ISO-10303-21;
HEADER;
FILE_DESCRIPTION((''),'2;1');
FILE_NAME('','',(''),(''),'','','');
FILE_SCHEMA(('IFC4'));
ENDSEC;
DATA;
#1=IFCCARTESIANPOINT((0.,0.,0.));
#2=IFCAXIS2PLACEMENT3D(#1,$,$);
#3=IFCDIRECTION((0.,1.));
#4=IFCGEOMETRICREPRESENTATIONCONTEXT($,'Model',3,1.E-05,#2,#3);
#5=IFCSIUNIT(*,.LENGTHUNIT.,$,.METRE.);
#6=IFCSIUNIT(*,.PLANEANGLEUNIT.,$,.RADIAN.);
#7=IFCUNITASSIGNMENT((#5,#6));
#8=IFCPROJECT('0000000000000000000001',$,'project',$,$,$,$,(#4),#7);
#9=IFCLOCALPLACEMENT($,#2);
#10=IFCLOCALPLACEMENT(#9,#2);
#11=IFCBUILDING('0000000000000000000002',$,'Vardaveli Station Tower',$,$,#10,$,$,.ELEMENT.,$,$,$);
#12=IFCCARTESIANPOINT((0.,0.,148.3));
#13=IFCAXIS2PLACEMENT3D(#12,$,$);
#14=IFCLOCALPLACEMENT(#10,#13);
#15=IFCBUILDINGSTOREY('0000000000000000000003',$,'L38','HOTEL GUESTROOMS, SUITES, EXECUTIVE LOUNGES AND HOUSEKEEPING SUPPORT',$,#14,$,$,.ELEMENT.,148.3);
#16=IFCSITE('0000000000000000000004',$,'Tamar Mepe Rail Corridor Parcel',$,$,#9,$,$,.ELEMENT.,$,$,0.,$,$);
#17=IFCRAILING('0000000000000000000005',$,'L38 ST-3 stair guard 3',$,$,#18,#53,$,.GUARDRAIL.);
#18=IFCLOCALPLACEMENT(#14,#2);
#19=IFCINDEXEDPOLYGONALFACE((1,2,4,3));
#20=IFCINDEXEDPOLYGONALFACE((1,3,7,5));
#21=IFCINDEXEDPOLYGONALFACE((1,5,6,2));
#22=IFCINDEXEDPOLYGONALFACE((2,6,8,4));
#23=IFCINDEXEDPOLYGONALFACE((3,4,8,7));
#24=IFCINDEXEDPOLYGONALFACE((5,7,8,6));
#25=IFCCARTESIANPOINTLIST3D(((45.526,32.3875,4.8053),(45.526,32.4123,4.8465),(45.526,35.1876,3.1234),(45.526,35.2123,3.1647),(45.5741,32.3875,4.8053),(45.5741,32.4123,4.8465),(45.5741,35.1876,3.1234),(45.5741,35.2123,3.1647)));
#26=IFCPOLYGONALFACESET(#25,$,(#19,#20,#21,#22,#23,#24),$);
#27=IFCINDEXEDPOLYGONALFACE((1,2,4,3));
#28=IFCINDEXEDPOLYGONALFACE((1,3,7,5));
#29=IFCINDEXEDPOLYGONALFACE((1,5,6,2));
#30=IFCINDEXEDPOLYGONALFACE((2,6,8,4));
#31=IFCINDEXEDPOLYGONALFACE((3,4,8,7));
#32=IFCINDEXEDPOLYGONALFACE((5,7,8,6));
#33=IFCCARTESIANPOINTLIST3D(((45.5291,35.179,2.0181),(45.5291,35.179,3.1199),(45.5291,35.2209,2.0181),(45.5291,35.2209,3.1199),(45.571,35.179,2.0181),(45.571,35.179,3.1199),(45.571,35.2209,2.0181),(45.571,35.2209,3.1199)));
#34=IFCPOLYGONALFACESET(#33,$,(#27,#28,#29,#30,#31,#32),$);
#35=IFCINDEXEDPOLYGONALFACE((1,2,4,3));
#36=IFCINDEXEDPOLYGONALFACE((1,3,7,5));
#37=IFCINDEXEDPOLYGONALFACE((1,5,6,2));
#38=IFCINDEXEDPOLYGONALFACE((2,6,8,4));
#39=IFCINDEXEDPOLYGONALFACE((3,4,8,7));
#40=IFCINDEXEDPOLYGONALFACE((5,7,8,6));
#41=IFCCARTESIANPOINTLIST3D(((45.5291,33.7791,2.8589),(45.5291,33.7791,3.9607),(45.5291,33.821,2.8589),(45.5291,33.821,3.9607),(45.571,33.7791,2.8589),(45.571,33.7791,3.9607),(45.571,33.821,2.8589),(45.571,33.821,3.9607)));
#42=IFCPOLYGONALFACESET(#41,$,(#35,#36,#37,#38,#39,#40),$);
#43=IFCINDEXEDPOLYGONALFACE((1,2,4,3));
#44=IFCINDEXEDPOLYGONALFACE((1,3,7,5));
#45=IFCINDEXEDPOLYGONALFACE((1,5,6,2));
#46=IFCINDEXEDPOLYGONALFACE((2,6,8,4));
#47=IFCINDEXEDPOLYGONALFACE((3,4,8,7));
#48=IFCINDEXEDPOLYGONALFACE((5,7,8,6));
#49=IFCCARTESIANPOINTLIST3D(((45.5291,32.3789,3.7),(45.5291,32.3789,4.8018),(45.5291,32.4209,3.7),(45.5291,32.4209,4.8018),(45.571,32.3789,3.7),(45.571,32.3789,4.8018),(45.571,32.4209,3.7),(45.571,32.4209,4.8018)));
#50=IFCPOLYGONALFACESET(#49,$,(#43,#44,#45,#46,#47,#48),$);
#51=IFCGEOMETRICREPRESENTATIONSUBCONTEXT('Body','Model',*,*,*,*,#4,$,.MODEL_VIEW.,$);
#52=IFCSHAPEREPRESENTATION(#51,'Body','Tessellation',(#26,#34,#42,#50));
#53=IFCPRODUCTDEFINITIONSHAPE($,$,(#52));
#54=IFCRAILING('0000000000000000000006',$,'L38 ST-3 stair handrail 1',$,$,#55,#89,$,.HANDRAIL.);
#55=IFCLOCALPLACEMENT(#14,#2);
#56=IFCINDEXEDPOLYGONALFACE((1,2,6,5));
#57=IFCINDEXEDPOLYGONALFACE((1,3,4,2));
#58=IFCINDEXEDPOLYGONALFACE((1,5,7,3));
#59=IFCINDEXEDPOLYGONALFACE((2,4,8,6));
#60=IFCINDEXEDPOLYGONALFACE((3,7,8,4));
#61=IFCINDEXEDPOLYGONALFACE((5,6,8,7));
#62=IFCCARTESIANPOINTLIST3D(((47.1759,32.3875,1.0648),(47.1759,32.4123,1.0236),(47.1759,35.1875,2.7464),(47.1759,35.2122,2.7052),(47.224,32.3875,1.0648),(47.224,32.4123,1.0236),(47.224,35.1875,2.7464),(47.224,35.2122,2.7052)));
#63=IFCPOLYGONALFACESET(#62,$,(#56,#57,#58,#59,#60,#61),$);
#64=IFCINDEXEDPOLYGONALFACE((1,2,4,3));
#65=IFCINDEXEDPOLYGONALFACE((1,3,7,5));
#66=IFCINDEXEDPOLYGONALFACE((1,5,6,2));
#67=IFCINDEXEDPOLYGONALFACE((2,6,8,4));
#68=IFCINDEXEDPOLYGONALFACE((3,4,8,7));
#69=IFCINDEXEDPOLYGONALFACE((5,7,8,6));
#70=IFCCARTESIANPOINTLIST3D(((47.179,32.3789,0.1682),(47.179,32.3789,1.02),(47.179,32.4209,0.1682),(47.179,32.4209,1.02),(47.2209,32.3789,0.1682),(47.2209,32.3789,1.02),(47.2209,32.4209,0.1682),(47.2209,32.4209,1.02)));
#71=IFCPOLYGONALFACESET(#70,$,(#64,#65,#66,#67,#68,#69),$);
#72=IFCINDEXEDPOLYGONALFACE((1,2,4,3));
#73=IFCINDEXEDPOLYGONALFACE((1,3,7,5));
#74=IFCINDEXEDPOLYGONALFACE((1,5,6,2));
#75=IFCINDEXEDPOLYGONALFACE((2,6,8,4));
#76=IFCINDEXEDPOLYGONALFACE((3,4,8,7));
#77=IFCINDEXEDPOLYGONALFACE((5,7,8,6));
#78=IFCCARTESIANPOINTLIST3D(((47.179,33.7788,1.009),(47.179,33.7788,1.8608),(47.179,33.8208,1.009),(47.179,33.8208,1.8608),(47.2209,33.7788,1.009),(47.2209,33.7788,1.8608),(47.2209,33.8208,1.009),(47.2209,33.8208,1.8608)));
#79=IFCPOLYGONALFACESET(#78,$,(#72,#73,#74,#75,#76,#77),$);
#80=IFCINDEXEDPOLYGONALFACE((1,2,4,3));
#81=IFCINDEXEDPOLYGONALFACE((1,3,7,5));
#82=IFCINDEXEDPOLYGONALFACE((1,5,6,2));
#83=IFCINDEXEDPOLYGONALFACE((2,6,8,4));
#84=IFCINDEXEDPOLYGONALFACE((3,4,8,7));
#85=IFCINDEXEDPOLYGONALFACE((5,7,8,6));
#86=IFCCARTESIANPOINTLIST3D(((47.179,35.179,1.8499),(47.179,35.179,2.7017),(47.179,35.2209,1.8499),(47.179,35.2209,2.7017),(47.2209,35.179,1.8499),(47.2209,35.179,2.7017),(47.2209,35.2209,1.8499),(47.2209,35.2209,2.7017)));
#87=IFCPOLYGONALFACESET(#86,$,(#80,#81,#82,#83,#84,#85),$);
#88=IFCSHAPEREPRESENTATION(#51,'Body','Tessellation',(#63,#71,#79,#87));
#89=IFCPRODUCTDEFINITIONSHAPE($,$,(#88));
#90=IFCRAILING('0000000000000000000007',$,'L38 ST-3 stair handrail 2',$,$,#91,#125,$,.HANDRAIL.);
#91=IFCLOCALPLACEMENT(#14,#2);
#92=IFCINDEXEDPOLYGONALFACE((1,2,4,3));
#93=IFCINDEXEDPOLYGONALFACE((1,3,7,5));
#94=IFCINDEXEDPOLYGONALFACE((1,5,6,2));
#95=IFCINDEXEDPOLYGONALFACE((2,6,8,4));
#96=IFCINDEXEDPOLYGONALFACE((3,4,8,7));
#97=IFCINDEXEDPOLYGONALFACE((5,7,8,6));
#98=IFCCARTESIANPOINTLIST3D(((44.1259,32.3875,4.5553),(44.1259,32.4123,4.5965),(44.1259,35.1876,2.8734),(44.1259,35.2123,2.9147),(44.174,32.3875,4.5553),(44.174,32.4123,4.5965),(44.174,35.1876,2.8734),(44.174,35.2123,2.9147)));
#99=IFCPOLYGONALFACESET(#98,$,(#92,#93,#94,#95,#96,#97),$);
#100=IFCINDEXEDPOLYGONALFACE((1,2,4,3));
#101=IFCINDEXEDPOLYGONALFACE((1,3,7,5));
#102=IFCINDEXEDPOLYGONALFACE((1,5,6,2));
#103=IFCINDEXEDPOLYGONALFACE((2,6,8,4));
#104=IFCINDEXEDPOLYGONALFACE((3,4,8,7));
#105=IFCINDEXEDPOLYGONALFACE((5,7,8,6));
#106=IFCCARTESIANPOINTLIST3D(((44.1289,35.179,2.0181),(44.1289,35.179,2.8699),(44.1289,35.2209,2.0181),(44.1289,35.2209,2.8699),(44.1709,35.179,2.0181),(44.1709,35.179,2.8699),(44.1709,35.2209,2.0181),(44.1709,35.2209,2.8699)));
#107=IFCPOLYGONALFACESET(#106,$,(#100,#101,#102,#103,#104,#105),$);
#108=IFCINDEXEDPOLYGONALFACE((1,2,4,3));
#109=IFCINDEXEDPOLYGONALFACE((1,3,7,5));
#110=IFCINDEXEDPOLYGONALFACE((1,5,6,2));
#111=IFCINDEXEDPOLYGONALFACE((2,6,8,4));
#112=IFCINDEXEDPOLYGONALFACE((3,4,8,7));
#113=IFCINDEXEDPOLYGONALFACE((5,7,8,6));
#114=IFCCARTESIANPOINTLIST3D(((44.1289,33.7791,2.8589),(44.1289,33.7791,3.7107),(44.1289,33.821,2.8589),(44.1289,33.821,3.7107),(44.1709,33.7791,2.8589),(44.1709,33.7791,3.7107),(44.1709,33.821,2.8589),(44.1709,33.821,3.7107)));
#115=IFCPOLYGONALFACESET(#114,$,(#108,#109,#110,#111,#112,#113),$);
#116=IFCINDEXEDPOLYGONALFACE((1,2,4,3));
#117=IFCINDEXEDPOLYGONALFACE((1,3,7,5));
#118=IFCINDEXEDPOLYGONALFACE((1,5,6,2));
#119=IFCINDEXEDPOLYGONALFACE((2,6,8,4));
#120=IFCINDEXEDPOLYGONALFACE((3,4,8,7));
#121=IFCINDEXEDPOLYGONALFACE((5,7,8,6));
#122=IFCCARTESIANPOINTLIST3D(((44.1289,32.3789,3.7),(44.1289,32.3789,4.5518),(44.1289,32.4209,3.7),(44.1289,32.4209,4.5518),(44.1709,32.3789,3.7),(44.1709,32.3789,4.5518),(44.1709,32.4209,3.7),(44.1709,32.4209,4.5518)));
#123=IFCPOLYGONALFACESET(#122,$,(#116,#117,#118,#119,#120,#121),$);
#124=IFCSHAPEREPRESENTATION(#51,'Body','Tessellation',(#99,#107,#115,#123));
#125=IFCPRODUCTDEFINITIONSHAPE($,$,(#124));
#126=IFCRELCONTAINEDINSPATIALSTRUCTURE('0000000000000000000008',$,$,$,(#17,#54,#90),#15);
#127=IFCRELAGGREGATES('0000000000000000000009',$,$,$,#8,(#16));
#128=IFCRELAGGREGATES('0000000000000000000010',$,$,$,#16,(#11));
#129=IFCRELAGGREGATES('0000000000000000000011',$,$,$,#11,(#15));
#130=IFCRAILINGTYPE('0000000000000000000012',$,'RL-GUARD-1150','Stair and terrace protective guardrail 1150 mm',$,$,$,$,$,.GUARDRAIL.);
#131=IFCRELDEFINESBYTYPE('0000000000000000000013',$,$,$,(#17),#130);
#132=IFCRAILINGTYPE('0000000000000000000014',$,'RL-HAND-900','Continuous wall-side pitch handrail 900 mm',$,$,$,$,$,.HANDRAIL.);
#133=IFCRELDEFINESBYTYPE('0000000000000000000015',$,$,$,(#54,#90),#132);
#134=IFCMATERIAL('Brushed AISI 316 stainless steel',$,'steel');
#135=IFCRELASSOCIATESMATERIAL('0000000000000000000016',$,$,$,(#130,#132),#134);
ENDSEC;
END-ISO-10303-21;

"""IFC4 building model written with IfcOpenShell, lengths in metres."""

from ifc_helpers import new_model, si_unit, direction, frame, origin, origin_2d, place, context, subcontext, project, spatial, rectangle, extrude, source, transform, mapped, material, type_object, element, save


model = new_model("IFC4")

# Units and contexts
model_context = context("Model", 3, precision=1e-05, world=origin(), true_north=direction((0.0, 1.0)))
body_context = subcontext(model_context, "Body", "Model", "MODEL_VIEW")
ifc_project = project(units=[si_unit("LENGTHUNIT", "METRE"), si_unit("PLANEANGLEUNIT", "RADIAN")], contexts=[model_context])

# Site, building, storey
site_placement = place(None, origin())
site = spatial("IfcSite", under=ifc_project, at=site_placement, Name="Tamar Mepe Rail Corridor Parcel", CompositionType="ELEMENT", RefElevation=0.0)
building_placement = place(site_placement, origin())
building = spatial("IfcBuilding", under=site, at=building_placement, Name="Vardaveli Station Tower", CompositionType="ELEMENT")
storey_placement = place(building_placement, frame((0.0, 0.0, 148.3)))
storey = spatial("IfcBuildingStorey", under=building, at=storey_placement, Name="L38", Description="HOTEL GUESTROOMS, SUITES, EXECUTIVE LOUNGES AND HOUSEKEEPING SUPPORT", CompositionType="ELEMENT", Elevation=148.3)

# Railings
ifc_material_1 = material(Name="Brushed AISI 316 stainless steel", Category="steel")
railing_type_1 = type_object("IfcRailingType", Name="RL-GUARD-1150", Description="Stair and terrace protective guardrail 1150 mm", PredefinedType="GUARDRAIL", material=ifc_material_1)
shared_shape_1 = source(origin(), body_context, "Body", "SweptSolid", [
    extrude(rectangle(XDim=0.0481, YDim=0.0481, at=origin_2d()), frame((0.0, 0.0, 1.126), z_axis=(0.0, -0.857242, 0.514913), x_axis=(1.0, 0.0, 0.0)), (0.0, 0.0, 1.0), 3.2664),
    extrude(rectangle(XDim=0.042, YDim=0.042, at=origin_2d()), origin(), (0.0, 0.0, 1.0), 1.1018),
    extrude(rectangle(XDim=0.042, YDim=0.042, at=origin_2d()), frame((0.0, -1.3999, 0.8408)), (0.0, 0.0, 1.0), 1.1018),
    extrude(rectangle(XDim=0.042, YDim=0.042, at=origin_2d()), frame((0.0, -2.8, 1.6819)), (0.0, 0.0, 1.0), 1.1018),
])
railing_1_placement = place(storey_placement, frame((45.55, 35.2, 2.0181)))
element("IfcRailing", 1, at=railing_1_placement, inside=storey, type_object=railing_type_1, Name="L38 ST-3 stair guard 3", PredefinedType="GUARDRAIL", context=body_context, shape_type="MappedRepresentation", body=[
    mapped(shared_shape_1, transform((0.0, 0.0, 0.0), scale=1.0)),
])
railing_type_2 = type_object("IfcRailingType", Name="RL-HAND-900", Description="Continuous wall-side pitch handrail 900 mm", PredefinedType="HANDRAIL", material=ifc_material_1)
shared_shape_2 = source(origin(), body_context, "Body", "SweptSolid", [
    extrude(rectangle(XDim=0.0481, YDim=0.0481, at=origin_2d()), frame((0.0, 0.0, 0.876), z_axis=(0.0, 0.857275, 0.514858), x_axis=(-1.0, 0.0, 0.0)), (0.0, 0.0, 1.0), 3.2661),
    extrude(rectangle(XDim=0.042, YDim=0.042, at=origin_2d()), origin(), (0.0, 0.0, 1.0), 0.8518),
    extrude(rectangle(XDim=0.042, YDim=0.042, at=origin_2d()), frame((0.0, 1.3999, 0.8408)), (0.0, 0.0, 1.0), 0.8518),
    extrude(rectangle(XDim=0.042, YDim=0.042, at=origin_2d()), frame((0.0, 2.8, 1.6816)), (0.0, 0.0, 1.0), 0.8518),
])
railing_2_placement = place(storey_placement, frame((47.2, 32.3999, 0.1682)))
element("IfcRailing", 2, at=railing_2_placement, inside=storey, type_object=railing_type_2, Name="L38 ST-3 stair handrail 1", PredefinedType="HANDRAIL", context=body_context, shape_type="MappedRepresentation", body=[
    mapped(shared_shape_2, transform((0.0, 0.0, 0.0), scale=1.0)),
])
shared_shape_3 = source(origin(), body_context, "Body", "SweptSolid", [
    extrude(rectangle(XDim=0.0481, YDim=0.0481, at=origin_2d()), frame((0.0, 0.0, 0.876), z_axis=(0.0, -0.857242, 0.514913), x_axis=(1.0, 0.0, 0.0)), (0.0, 0.0, 1.0), 3.2664),
    extrude(rectangle(XDim=0.042, YDim=0.042, at=origin_2d()), origin(), (0.0, 0.0, 1.0), 0.8518),
    extrude(rectangle(XDim=0.042, YDim=0.042, at=origin_2d()), frame((0.0, -1.3999, 0.8408)), (0.0, 0.0, 1.0), 0.8518),
    extrude(rectangle(XDim=0.042, YDim=0.042, at=origin_2d()), frame((0.0, -2.8, 1.6819)), (0.0, 0.0, 1.0), 0.8518),
])
railing_3_placement = place(storey_placement, frame((44.1499, 35.2, 2.0181)))
element("IfcRailing", 3, at=railing_3_placement, inside=storey, type_object=railing_type_2, Name="L38 ST-3 stair handrail 2", PredefinedType="HANDRAIL", context=body_context, shape_type="MappedRepresentation", body=[
    mapped(shared_shape_3, transform((0.0, 0.0, 0.0), scale=1.0)),
])

save(model, "model.ifc")
